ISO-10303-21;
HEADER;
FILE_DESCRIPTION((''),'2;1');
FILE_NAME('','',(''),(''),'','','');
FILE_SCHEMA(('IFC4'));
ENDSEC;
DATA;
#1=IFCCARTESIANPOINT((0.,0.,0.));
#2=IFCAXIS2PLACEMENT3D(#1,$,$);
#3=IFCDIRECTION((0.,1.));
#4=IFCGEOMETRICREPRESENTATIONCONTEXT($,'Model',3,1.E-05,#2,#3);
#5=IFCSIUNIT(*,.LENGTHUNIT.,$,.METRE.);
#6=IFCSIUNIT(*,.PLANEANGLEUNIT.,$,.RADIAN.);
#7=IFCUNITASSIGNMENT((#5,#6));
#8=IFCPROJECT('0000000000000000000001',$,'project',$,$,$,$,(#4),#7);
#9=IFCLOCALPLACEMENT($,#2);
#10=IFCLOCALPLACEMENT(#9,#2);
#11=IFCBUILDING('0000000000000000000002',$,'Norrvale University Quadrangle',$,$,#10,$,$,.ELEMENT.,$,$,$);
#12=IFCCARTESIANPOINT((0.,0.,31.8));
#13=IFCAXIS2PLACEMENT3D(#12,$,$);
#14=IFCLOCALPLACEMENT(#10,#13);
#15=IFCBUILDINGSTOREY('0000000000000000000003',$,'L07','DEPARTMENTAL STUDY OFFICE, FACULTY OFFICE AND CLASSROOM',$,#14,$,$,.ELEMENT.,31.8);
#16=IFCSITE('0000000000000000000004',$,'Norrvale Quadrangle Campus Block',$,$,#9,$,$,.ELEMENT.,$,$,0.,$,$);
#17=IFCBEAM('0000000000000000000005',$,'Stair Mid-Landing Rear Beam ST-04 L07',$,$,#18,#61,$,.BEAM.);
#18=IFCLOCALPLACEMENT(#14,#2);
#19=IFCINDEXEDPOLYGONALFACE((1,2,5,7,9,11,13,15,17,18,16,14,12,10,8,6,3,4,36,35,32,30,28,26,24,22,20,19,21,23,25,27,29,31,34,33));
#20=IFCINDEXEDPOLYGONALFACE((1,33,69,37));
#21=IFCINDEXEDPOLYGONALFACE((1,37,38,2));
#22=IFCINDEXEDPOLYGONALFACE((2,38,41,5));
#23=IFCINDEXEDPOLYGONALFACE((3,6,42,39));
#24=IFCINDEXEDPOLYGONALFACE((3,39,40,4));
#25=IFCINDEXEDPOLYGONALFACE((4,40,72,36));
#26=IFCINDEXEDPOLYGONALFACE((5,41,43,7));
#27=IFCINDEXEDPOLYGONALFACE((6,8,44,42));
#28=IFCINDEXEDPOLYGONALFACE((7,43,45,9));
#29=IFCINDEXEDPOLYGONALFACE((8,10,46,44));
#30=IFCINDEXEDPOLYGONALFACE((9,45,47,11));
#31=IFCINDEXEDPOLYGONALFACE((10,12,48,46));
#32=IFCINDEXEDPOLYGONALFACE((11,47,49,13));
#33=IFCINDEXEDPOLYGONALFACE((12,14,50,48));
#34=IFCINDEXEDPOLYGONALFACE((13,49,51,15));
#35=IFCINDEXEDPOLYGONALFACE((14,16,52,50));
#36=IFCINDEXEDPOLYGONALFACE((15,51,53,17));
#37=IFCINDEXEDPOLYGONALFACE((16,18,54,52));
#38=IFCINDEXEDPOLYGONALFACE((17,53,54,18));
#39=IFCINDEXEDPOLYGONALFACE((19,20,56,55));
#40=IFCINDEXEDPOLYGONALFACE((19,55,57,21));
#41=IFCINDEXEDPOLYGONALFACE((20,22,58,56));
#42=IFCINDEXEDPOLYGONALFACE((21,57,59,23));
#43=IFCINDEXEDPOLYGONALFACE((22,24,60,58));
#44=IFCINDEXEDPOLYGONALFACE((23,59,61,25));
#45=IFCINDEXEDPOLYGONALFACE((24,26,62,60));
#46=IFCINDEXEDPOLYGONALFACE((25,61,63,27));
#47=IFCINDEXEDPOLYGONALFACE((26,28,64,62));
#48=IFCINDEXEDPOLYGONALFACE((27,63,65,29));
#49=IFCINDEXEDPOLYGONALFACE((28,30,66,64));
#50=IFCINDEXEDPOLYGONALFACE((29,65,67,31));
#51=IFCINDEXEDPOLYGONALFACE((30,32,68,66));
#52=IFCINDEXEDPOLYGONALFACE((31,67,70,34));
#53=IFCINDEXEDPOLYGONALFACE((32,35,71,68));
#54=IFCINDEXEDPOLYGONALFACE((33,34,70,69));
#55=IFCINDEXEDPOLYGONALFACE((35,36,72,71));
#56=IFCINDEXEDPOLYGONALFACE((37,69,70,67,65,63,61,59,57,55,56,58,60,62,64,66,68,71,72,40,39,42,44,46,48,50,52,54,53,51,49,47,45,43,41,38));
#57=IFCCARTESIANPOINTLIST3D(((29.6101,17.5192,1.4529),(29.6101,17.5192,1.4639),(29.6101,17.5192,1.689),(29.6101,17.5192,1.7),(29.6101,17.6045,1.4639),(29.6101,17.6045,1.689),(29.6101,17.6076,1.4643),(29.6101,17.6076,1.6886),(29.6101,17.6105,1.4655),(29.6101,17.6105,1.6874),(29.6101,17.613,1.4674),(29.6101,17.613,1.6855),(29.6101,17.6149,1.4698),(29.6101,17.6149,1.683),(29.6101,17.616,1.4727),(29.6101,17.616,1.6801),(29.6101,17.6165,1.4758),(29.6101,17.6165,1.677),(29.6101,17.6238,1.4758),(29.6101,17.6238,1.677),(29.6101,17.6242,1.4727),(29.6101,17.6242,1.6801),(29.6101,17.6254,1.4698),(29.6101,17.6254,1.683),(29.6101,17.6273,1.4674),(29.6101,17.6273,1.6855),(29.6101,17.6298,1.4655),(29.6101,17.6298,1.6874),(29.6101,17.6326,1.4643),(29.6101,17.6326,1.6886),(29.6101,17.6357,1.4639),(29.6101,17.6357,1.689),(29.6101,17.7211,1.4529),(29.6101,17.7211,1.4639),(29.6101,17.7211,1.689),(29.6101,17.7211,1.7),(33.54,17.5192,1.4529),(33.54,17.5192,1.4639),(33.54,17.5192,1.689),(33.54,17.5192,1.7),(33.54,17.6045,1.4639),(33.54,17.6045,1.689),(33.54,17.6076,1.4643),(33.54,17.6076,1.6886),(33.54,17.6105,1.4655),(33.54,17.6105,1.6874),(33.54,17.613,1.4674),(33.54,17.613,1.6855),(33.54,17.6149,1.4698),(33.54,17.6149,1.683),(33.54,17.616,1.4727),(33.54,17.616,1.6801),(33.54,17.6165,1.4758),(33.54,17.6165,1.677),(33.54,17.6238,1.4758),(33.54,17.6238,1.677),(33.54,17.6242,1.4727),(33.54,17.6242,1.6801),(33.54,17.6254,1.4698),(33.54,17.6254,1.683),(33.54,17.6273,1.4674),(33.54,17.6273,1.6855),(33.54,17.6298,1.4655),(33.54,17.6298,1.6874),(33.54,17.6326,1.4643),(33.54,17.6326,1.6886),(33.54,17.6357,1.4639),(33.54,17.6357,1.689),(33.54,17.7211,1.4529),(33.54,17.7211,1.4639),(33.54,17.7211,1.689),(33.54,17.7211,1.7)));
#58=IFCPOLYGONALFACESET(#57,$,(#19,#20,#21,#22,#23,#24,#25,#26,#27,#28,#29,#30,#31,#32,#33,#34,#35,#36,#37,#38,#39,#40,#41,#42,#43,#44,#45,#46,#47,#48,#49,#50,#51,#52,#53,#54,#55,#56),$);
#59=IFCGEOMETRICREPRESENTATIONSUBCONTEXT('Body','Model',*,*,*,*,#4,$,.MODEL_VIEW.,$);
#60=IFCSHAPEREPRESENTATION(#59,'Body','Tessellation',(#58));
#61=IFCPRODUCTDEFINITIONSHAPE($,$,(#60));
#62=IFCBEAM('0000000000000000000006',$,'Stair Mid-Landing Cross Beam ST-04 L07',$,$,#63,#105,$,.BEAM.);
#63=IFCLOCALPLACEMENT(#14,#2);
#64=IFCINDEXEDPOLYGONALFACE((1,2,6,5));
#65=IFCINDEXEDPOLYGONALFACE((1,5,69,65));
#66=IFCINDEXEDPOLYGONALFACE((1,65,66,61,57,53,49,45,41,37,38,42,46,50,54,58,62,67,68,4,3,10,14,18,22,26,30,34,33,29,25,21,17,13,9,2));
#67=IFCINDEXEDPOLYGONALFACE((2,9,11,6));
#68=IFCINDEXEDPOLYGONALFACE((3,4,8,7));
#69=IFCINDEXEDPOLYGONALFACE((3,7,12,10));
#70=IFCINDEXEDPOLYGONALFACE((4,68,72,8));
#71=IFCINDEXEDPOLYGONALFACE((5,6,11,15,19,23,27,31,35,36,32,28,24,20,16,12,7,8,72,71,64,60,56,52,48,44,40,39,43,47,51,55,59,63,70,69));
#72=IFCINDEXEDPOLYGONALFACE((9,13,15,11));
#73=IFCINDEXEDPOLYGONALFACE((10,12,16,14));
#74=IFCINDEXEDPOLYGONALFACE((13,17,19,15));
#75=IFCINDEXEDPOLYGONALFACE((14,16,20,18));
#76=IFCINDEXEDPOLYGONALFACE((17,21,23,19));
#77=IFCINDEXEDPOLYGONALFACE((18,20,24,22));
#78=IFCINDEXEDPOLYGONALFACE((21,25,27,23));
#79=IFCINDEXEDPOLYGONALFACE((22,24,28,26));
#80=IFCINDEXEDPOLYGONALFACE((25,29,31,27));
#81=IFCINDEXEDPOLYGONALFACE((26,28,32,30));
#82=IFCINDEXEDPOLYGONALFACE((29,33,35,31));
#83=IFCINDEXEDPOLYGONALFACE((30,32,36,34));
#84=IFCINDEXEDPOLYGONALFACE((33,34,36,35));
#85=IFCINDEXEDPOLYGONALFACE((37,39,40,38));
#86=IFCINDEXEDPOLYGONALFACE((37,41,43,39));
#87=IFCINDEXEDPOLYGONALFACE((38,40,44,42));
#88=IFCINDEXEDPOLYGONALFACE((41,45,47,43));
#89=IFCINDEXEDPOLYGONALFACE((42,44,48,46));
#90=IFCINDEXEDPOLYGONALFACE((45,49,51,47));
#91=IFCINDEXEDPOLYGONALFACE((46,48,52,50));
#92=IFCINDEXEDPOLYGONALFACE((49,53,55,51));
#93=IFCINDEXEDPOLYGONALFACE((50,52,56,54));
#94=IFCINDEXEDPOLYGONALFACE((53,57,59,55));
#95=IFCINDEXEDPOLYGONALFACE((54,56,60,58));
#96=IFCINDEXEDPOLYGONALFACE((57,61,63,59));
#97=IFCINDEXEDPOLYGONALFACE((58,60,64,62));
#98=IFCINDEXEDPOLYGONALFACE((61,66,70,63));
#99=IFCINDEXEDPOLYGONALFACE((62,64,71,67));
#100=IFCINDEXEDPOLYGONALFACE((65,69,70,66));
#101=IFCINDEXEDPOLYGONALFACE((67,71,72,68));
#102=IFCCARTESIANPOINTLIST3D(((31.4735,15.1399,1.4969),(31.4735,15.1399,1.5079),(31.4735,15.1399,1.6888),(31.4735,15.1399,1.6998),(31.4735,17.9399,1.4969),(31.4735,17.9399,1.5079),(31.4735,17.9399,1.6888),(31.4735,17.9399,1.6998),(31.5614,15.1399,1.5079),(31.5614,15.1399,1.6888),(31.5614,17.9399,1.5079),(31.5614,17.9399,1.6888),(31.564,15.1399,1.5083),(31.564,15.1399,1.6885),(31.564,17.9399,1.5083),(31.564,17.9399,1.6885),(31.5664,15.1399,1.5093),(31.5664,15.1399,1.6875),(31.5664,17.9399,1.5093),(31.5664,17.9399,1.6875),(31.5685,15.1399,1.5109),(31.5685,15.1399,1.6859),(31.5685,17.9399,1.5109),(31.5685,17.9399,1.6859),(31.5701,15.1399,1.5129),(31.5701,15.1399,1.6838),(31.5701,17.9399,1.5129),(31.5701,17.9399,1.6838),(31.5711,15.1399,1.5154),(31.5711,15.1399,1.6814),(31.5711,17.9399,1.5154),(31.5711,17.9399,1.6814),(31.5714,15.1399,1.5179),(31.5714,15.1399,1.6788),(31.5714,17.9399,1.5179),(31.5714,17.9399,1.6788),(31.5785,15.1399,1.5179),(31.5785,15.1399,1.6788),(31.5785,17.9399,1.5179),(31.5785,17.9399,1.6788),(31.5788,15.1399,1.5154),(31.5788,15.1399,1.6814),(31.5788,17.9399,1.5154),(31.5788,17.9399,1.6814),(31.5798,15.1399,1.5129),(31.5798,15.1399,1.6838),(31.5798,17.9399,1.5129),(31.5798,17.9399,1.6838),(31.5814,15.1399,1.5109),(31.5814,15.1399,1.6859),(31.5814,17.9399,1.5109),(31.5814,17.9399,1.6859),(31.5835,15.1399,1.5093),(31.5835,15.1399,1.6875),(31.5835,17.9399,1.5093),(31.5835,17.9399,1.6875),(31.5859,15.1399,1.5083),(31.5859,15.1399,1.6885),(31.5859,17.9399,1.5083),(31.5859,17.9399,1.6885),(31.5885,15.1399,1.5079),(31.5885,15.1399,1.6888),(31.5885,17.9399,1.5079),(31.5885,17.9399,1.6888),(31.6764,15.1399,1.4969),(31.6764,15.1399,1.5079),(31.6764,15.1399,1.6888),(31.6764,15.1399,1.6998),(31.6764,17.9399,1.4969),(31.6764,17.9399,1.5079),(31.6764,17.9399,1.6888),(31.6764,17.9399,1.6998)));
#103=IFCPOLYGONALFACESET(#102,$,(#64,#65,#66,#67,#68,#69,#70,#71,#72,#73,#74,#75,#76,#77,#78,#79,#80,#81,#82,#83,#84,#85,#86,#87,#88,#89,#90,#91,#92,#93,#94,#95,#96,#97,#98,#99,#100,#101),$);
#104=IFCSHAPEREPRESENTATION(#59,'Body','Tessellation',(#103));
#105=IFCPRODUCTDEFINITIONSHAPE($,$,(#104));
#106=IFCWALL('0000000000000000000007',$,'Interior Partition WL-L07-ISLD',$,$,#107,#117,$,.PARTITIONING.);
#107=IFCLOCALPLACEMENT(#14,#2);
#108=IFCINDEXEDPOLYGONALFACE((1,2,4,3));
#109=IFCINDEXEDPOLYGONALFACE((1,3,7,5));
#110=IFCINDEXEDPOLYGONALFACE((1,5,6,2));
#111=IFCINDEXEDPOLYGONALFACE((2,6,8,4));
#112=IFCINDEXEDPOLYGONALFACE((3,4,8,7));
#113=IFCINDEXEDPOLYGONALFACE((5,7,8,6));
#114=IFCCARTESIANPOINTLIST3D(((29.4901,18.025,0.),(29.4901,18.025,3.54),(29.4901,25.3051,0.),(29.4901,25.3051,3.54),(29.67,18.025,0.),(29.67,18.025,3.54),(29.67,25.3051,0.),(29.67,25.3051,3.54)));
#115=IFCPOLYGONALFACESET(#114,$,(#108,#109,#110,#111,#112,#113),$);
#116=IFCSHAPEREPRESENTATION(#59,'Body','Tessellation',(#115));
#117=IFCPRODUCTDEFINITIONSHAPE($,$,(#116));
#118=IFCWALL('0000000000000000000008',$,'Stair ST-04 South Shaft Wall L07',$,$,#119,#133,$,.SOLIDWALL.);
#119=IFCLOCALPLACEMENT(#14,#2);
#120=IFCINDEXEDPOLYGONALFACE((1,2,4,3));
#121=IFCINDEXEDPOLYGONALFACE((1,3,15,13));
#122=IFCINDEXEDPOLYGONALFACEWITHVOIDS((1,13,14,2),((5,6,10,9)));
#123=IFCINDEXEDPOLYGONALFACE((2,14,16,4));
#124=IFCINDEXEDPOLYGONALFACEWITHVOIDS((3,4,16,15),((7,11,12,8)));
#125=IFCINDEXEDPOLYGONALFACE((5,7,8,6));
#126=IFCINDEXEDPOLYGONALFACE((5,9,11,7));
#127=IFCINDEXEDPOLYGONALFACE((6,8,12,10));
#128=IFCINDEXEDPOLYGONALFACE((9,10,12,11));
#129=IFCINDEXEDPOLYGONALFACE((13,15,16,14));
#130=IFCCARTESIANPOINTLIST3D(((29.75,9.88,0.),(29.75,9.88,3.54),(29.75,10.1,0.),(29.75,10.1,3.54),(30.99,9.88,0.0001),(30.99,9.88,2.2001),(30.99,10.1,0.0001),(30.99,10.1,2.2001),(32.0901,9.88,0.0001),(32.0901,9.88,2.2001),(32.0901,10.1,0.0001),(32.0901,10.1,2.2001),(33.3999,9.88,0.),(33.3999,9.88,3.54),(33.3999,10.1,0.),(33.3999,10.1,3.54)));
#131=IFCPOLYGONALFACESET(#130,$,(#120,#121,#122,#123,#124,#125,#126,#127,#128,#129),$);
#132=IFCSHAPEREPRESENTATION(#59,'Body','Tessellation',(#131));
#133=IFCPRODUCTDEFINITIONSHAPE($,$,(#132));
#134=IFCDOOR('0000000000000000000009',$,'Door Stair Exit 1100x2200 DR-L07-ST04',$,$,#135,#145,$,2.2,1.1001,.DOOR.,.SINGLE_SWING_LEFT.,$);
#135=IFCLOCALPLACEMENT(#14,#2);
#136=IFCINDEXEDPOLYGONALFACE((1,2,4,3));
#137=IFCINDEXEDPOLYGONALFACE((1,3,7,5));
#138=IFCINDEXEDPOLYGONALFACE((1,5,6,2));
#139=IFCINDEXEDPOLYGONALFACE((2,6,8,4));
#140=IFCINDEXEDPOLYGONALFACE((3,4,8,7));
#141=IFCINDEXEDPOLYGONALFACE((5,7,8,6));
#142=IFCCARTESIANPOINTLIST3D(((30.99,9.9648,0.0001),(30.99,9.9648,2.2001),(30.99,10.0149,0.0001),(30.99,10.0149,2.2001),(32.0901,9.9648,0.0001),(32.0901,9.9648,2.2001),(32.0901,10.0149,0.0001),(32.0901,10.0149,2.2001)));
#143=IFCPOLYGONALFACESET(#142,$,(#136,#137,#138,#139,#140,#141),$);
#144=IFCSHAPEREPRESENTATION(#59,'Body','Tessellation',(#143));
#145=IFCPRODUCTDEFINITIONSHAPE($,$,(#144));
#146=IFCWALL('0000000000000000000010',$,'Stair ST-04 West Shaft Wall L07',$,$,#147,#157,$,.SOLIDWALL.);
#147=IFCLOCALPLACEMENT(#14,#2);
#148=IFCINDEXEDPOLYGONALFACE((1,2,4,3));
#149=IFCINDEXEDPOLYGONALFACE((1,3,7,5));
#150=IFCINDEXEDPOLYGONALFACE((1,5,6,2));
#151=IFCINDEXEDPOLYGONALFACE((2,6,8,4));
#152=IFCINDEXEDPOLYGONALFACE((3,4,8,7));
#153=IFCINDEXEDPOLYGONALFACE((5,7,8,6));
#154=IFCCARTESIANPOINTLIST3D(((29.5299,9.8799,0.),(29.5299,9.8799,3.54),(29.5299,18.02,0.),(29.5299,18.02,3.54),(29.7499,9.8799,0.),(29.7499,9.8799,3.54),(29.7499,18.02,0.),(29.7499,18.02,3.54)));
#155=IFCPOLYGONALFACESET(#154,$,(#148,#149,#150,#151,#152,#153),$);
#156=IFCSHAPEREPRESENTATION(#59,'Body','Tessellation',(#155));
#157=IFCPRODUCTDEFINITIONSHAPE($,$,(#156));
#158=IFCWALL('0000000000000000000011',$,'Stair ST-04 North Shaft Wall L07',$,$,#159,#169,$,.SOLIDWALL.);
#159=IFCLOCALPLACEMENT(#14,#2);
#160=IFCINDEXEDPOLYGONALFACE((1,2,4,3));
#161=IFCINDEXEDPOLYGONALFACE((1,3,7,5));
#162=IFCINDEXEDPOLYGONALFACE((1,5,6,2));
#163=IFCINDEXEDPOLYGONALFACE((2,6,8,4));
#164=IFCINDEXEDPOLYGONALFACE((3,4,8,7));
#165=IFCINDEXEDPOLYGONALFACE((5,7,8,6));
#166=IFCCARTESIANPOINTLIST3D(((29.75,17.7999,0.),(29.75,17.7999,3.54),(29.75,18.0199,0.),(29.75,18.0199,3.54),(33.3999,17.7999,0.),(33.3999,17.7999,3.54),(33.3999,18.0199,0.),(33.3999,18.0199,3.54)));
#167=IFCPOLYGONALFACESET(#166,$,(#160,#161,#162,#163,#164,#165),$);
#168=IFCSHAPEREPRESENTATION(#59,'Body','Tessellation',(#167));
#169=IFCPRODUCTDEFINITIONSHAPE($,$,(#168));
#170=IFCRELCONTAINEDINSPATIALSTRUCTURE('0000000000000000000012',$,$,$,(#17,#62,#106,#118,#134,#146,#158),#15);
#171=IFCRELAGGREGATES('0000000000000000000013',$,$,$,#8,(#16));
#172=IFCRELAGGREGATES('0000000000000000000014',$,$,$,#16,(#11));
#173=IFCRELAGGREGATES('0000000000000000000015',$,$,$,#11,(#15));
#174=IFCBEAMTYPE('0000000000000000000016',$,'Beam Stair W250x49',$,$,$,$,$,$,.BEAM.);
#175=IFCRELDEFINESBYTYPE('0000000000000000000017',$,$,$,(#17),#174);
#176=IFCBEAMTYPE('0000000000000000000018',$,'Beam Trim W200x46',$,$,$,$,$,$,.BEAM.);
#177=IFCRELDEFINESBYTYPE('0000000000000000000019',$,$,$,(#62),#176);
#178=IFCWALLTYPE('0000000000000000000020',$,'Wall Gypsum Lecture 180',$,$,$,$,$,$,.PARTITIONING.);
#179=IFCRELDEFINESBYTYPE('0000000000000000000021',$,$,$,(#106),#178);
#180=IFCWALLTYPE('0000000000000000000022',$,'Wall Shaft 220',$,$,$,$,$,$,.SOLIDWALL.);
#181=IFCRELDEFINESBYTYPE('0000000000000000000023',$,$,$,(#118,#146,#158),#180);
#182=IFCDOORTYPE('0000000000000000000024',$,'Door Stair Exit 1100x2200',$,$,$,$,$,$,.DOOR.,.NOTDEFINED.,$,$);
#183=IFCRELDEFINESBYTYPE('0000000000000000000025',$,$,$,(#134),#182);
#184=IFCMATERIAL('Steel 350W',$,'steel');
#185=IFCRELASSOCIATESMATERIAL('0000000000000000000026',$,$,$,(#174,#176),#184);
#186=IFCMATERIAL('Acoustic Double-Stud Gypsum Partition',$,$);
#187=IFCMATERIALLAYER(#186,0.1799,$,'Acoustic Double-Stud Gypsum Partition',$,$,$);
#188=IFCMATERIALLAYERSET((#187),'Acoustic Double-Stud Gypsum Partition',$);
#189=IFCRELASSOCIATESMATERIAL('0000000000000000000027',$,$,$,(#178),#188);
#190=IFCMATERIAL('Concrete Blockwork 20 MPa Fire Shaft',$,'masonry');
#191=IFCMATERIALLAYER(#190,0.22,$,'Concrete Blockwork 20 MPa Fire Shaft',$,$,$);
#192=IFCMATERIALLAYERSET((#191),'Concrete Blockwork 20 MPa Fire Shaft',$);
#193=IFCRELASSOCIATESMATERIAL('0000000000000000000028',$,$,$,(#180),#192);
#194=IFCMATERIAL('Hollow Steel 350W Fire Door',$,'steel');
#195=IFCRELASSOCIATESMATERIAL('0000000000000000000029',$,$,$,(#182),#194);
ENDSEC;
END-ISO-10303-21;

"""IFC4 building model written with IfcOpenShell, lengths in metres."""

from ifc_helpers import new_model, si_unit, direction, frame, frame_2d, origin, origin_2d, place, context, subcontext, project, spatial, rectangle, i_section, extrude, material, layer, layer_set, material_profile, profile_set, type_object, element, fill, save


model = new_model("IFC4")

# Units and contexts
model_context = context("Model", 3, precision=1e-05, world=origin(), true_north=direction((0.0, 1.0)))
body_context = subcontext(model_context, "Body", "Model", "MODEL_VIEW")
ifc_project = project(units=[si_unit("LENGTHUNIT", "METRE"), si_unit("PLANEANGLEUNIT", "RADIAN")], contexts=[model_context])

# Site, building, storey
site_placement = place(None, origin())
site = spatial("IfcSite", under=ifc_project, at=site_placement, Name="Norrvale Quadrangle Campus Block", CompositionType="ELEMENT", RefElevation=0.0)
building_placement = place(site_placement, origin())
building = spatial("IfcBuilding", under=site, at=building_placement, Name="Norrvale University Quadrangle", CompositionType="ELEMENT")
storey_placement = place(building_placement, frame((0.0, 0.0, 31.8)))
storey = spatial("IfcBuildingStorey", under=building, at=storey_placement, Name="L07", Description="DEPARTMENTAL STUDY OFFICE, FACULTY OFFICE AND CLASSROOM", CompositionType="ELEMENT", Elevation=31.8)

# Beams
ifc_material_1 = material(Name="Steel 350W", Category="steel")
ifc_material_profile_1 = material_profile(ifc_material_1, i_section(OverallWidth=0.2019, OverallDepth=0.2471, WebThickness=0.0073, FlangeThickness=0.011, FilletRadius=0.012, at=origin_2d()), Name="Steel 350W")
ifc_profile_set_1 = profile_set([ifc_material_profile_1], Name="Steel 350W")
beam_type_1 = type_object("IfcBeamType", Name="Beam Stair W250x49", PredefinedType="BEAM", material=ifc_profile_set_1)
for number, where, z_axis, x_axis, name in (
    (1, (29.6101, 17.6201, 1.5764), (1.0, 0.0, 0.0), (0.0, 1.0, 0.0), "Stair Mid-Landing Rear Beam ST-04 L07"),
):
    element("IfcBeam", number, at=place(storey_placement, frame(where, z_axis=z_axis, x_axis=x_axis)), inside=storey, type_object=beam_type_1, Name=name, PredefinedType="BEAM", context=body_context, shape_type="SweptSolid", body=[
        extrude(i_section(OverallWidth=0.2019, OverallDepth=0.2471, WebThickness=0.0073, FlangeThickness=0.011, FilletRadius=0.012, at=origin_2d()), origin(), (0.0, 0.0, 1.0), 3.9299),
    ])
ifc_material_profile_2 = material_profile(ifc_material_1, i_section(OverallWidth=0.2029, OverallDepth=0.2029, WebThickness=0.0071, FlangeThickness=0.011, FilletRadius=0.01, at=origin_2d()), Name="Steel 350W")
ifc_profile_set_2 = profile_set([ifc_material_profile_2], Name="Steel 350W")
beam_type_2 = type_object("IfcBeamType", Name="Beam Trim W200x46", PredefinedType="BEAM", material=ifc_profile_set_2)
beam_1_placement = place(storey_placement, frame((31.575, 15.1399, 1.5984), z_axis=(0.0, 1.0, 0.0), x_axis=(-1.0, 0.0, 0.0)))
element("IfcBeam", 2, at=beam_1_placement, inside=storey, type_object=beam_type_2, Name="Stair Mid-Landing Cross Beam ST-04 L07", PredefinedType="BEAM", context=body_context, shape_type="SweptSolid", body=[
    extrude(i_section(OverallWidth=0.2029, OverallDepth=0.2029, WebThickness=0.0071, FlangeThickness=0.011, FilletRadius=0.01, at=origin_2d()), origin(), (0.0, 0.0, 1.0), 2.8),
])

# Wall
ifc_material_2 = material(Name="Acoustic Double-Stud Gypsum Partition")
ifc_layer_1 = layer(ifc_material_2, 0.1799, Name="Acoustic Double-Stud Gypsum Partition")
ifc_layer_set_1 = layer_set([ifc_layer_1], Name="Acoustic Double-Stud Gypsum Partition")
wall_type_1 = type_object("IfcWallType", Name="Wall Gypsum Lecture 180", PredefinedType="PARTITIONING", material=ifc_layer_set_1)
wall_1_placement = place(storey_placement, frame((29.5801, 18.0249, 0.0), z_axis=(0.0, 0.0, 1.0), x_axis=(0.0, 1.0, 0.0)))
element("IfcWall", 3, at=wall_1_placement, inside=storey, type_object=wall_type_1, Name="Interior Partition WL-L07-ISLD", PredefinedType="PARTITIONING", context=body_context, shape_type="SweptSolid", body=[
    extrude(rectangle(XDim=7.28, YDim=0.1799, at=frame_2d((3.6401, 0.0))), origin(), (0.0, 0.0, 1.0), 3.54),
])

# Wall, opening, door
ifc_material_3 = material(Name="Concrete Blockwork 20 MPa Fire Shaft", Category="masonry")
ifc_layer_2 = layer(ifc_material_3, 0.22, Name="Concrete Blockwork 20 MPa Fire Shaft")
ifc_layer_set_2 = layer_set([ifc_layer_2], Name="Concrete Blockwork 20 MPa Fire Shaft")
wall_type_2 = type_object("IfcWallType", Name="Wall Shaft 220", PredefinedType="SOLIDWALL", material=ifc_layer_set_2)
wall_2_placement = place(storey_placement, frame((29.75, 9.99, 0.0), z_axis=(0.0, 0.0, 1.0), x_axis=(1.0, 0.0, 0.0)))
wall_2 = element("IfcWall", 4, at=wall_2_placement, inside=storey, type_object=wall_type_2, Name="Stair ST-04 South Shaft Wall L07", PredefinedType="SOLIDWALL", context=body_context, shape_type="SweptSolid", body=[
    extrude(rectangle(XDim=3.6499, YDim=0.22, at=frame_2d((1.825, 0.0))), origin(), (0.0, 0.0, 1.0), 3.54),
])
opening_placement = place(wall_2_placement, frame((1.24, 0.0, 0.0)))
opening = element("IfcOpeningElement", 5, at=opening_placement, cuts=wall_2, PredefinedType="OPENING", context=body_context, shape_type="SweptSolid", body=[
    extrude(rectangle(XDim=1.1001, YDim=2.2, at=frame_2d((0.55, 1.1001))), frame((0.0, 0.1221, 0.0), z_axis=(0.0, -1.0, 0.0), x_axis=(1.0, 0.0, 0.0)), (0.0, 0.0, 1.0), 0.2439),
])
ifc_material_4 = material(Name="Hollow Steel 350W Fire Door", Category="steel")
door_type = type_object("IfcDoorType", Name="Door Stair Exit 1100x2200", OperationType="NOTDEFINED", PredefinedType="DOOR", material=ifc_material_4)
door_placement = place(opening_placement, origin())
door = element("IfcDoor", 6, at=door_placement, inside=storey, type_object=door_type, Name="Door Stair Exit 1100x2200 DR-L07-ST04", OperationType="SINGLE_SWING_LEFT", OverallHeight=2.2, OverallWidth=1.1001, PredefinedType="DOOR", context=body_context, shape_type="SweptSolid", body=[
    extrude(rectangle(XDim=1.1001, YDim=2.2, at=frame_2d((0.55, 1.1001))), frame((0.0, 0.0249, 0.0), z_axis=(0.0, -1.0, 0.0), x_axis=(1.0, 0.0, 0.0)), (0.0, 0.0, 1.0), 0.05),
])
fill(opening, door)

# Walls
wall_3_placement = place(storey_placement, frame((29.6399, 9.8799, 0.0), z_axis=(0.0, 0.0, 1.0), x_axis=(0.0, 1.0, 0.0)))
element("IfcWall", 7, at=wall_3_placement, inside=storey, type_object=wall_type_2, Name="Stair ST-04 West Shaft Wall L07", PredefinedType="SOLIDWALL", context=body_context, shape_type="SweptSolid", body=[
    extrude(rectangle(XDim=8.1401, YDim=0.22, at=frame_2d((4.0701, 0.0))), origin(), (0.0, 0.0, 1.0), 3.54),
])
wall_4_placement = place(storey_placement, frame((29.75, 17.9099, 0.0), z_axis=(0.0, 0.0, 1.0), x_axis=(1.0, 0.0, 0.0)))
element("IfcWall", 8, at=wall_4_placement, inside=storey, type_object=wall_type_2, Name="Stair ST-04 North Shaft Wall L07", PredefinedType="SOLIDWALL", context=body_context, shape_type="SweptSolid", body=[
    extrude(rectangle(XDim=3.6499, YDim=0.22, at=frame_2d((1.825, 0.0))), origin(), (0.0, 0.0, 1.0), 3.54),
])

save(model, "model.ifc")
